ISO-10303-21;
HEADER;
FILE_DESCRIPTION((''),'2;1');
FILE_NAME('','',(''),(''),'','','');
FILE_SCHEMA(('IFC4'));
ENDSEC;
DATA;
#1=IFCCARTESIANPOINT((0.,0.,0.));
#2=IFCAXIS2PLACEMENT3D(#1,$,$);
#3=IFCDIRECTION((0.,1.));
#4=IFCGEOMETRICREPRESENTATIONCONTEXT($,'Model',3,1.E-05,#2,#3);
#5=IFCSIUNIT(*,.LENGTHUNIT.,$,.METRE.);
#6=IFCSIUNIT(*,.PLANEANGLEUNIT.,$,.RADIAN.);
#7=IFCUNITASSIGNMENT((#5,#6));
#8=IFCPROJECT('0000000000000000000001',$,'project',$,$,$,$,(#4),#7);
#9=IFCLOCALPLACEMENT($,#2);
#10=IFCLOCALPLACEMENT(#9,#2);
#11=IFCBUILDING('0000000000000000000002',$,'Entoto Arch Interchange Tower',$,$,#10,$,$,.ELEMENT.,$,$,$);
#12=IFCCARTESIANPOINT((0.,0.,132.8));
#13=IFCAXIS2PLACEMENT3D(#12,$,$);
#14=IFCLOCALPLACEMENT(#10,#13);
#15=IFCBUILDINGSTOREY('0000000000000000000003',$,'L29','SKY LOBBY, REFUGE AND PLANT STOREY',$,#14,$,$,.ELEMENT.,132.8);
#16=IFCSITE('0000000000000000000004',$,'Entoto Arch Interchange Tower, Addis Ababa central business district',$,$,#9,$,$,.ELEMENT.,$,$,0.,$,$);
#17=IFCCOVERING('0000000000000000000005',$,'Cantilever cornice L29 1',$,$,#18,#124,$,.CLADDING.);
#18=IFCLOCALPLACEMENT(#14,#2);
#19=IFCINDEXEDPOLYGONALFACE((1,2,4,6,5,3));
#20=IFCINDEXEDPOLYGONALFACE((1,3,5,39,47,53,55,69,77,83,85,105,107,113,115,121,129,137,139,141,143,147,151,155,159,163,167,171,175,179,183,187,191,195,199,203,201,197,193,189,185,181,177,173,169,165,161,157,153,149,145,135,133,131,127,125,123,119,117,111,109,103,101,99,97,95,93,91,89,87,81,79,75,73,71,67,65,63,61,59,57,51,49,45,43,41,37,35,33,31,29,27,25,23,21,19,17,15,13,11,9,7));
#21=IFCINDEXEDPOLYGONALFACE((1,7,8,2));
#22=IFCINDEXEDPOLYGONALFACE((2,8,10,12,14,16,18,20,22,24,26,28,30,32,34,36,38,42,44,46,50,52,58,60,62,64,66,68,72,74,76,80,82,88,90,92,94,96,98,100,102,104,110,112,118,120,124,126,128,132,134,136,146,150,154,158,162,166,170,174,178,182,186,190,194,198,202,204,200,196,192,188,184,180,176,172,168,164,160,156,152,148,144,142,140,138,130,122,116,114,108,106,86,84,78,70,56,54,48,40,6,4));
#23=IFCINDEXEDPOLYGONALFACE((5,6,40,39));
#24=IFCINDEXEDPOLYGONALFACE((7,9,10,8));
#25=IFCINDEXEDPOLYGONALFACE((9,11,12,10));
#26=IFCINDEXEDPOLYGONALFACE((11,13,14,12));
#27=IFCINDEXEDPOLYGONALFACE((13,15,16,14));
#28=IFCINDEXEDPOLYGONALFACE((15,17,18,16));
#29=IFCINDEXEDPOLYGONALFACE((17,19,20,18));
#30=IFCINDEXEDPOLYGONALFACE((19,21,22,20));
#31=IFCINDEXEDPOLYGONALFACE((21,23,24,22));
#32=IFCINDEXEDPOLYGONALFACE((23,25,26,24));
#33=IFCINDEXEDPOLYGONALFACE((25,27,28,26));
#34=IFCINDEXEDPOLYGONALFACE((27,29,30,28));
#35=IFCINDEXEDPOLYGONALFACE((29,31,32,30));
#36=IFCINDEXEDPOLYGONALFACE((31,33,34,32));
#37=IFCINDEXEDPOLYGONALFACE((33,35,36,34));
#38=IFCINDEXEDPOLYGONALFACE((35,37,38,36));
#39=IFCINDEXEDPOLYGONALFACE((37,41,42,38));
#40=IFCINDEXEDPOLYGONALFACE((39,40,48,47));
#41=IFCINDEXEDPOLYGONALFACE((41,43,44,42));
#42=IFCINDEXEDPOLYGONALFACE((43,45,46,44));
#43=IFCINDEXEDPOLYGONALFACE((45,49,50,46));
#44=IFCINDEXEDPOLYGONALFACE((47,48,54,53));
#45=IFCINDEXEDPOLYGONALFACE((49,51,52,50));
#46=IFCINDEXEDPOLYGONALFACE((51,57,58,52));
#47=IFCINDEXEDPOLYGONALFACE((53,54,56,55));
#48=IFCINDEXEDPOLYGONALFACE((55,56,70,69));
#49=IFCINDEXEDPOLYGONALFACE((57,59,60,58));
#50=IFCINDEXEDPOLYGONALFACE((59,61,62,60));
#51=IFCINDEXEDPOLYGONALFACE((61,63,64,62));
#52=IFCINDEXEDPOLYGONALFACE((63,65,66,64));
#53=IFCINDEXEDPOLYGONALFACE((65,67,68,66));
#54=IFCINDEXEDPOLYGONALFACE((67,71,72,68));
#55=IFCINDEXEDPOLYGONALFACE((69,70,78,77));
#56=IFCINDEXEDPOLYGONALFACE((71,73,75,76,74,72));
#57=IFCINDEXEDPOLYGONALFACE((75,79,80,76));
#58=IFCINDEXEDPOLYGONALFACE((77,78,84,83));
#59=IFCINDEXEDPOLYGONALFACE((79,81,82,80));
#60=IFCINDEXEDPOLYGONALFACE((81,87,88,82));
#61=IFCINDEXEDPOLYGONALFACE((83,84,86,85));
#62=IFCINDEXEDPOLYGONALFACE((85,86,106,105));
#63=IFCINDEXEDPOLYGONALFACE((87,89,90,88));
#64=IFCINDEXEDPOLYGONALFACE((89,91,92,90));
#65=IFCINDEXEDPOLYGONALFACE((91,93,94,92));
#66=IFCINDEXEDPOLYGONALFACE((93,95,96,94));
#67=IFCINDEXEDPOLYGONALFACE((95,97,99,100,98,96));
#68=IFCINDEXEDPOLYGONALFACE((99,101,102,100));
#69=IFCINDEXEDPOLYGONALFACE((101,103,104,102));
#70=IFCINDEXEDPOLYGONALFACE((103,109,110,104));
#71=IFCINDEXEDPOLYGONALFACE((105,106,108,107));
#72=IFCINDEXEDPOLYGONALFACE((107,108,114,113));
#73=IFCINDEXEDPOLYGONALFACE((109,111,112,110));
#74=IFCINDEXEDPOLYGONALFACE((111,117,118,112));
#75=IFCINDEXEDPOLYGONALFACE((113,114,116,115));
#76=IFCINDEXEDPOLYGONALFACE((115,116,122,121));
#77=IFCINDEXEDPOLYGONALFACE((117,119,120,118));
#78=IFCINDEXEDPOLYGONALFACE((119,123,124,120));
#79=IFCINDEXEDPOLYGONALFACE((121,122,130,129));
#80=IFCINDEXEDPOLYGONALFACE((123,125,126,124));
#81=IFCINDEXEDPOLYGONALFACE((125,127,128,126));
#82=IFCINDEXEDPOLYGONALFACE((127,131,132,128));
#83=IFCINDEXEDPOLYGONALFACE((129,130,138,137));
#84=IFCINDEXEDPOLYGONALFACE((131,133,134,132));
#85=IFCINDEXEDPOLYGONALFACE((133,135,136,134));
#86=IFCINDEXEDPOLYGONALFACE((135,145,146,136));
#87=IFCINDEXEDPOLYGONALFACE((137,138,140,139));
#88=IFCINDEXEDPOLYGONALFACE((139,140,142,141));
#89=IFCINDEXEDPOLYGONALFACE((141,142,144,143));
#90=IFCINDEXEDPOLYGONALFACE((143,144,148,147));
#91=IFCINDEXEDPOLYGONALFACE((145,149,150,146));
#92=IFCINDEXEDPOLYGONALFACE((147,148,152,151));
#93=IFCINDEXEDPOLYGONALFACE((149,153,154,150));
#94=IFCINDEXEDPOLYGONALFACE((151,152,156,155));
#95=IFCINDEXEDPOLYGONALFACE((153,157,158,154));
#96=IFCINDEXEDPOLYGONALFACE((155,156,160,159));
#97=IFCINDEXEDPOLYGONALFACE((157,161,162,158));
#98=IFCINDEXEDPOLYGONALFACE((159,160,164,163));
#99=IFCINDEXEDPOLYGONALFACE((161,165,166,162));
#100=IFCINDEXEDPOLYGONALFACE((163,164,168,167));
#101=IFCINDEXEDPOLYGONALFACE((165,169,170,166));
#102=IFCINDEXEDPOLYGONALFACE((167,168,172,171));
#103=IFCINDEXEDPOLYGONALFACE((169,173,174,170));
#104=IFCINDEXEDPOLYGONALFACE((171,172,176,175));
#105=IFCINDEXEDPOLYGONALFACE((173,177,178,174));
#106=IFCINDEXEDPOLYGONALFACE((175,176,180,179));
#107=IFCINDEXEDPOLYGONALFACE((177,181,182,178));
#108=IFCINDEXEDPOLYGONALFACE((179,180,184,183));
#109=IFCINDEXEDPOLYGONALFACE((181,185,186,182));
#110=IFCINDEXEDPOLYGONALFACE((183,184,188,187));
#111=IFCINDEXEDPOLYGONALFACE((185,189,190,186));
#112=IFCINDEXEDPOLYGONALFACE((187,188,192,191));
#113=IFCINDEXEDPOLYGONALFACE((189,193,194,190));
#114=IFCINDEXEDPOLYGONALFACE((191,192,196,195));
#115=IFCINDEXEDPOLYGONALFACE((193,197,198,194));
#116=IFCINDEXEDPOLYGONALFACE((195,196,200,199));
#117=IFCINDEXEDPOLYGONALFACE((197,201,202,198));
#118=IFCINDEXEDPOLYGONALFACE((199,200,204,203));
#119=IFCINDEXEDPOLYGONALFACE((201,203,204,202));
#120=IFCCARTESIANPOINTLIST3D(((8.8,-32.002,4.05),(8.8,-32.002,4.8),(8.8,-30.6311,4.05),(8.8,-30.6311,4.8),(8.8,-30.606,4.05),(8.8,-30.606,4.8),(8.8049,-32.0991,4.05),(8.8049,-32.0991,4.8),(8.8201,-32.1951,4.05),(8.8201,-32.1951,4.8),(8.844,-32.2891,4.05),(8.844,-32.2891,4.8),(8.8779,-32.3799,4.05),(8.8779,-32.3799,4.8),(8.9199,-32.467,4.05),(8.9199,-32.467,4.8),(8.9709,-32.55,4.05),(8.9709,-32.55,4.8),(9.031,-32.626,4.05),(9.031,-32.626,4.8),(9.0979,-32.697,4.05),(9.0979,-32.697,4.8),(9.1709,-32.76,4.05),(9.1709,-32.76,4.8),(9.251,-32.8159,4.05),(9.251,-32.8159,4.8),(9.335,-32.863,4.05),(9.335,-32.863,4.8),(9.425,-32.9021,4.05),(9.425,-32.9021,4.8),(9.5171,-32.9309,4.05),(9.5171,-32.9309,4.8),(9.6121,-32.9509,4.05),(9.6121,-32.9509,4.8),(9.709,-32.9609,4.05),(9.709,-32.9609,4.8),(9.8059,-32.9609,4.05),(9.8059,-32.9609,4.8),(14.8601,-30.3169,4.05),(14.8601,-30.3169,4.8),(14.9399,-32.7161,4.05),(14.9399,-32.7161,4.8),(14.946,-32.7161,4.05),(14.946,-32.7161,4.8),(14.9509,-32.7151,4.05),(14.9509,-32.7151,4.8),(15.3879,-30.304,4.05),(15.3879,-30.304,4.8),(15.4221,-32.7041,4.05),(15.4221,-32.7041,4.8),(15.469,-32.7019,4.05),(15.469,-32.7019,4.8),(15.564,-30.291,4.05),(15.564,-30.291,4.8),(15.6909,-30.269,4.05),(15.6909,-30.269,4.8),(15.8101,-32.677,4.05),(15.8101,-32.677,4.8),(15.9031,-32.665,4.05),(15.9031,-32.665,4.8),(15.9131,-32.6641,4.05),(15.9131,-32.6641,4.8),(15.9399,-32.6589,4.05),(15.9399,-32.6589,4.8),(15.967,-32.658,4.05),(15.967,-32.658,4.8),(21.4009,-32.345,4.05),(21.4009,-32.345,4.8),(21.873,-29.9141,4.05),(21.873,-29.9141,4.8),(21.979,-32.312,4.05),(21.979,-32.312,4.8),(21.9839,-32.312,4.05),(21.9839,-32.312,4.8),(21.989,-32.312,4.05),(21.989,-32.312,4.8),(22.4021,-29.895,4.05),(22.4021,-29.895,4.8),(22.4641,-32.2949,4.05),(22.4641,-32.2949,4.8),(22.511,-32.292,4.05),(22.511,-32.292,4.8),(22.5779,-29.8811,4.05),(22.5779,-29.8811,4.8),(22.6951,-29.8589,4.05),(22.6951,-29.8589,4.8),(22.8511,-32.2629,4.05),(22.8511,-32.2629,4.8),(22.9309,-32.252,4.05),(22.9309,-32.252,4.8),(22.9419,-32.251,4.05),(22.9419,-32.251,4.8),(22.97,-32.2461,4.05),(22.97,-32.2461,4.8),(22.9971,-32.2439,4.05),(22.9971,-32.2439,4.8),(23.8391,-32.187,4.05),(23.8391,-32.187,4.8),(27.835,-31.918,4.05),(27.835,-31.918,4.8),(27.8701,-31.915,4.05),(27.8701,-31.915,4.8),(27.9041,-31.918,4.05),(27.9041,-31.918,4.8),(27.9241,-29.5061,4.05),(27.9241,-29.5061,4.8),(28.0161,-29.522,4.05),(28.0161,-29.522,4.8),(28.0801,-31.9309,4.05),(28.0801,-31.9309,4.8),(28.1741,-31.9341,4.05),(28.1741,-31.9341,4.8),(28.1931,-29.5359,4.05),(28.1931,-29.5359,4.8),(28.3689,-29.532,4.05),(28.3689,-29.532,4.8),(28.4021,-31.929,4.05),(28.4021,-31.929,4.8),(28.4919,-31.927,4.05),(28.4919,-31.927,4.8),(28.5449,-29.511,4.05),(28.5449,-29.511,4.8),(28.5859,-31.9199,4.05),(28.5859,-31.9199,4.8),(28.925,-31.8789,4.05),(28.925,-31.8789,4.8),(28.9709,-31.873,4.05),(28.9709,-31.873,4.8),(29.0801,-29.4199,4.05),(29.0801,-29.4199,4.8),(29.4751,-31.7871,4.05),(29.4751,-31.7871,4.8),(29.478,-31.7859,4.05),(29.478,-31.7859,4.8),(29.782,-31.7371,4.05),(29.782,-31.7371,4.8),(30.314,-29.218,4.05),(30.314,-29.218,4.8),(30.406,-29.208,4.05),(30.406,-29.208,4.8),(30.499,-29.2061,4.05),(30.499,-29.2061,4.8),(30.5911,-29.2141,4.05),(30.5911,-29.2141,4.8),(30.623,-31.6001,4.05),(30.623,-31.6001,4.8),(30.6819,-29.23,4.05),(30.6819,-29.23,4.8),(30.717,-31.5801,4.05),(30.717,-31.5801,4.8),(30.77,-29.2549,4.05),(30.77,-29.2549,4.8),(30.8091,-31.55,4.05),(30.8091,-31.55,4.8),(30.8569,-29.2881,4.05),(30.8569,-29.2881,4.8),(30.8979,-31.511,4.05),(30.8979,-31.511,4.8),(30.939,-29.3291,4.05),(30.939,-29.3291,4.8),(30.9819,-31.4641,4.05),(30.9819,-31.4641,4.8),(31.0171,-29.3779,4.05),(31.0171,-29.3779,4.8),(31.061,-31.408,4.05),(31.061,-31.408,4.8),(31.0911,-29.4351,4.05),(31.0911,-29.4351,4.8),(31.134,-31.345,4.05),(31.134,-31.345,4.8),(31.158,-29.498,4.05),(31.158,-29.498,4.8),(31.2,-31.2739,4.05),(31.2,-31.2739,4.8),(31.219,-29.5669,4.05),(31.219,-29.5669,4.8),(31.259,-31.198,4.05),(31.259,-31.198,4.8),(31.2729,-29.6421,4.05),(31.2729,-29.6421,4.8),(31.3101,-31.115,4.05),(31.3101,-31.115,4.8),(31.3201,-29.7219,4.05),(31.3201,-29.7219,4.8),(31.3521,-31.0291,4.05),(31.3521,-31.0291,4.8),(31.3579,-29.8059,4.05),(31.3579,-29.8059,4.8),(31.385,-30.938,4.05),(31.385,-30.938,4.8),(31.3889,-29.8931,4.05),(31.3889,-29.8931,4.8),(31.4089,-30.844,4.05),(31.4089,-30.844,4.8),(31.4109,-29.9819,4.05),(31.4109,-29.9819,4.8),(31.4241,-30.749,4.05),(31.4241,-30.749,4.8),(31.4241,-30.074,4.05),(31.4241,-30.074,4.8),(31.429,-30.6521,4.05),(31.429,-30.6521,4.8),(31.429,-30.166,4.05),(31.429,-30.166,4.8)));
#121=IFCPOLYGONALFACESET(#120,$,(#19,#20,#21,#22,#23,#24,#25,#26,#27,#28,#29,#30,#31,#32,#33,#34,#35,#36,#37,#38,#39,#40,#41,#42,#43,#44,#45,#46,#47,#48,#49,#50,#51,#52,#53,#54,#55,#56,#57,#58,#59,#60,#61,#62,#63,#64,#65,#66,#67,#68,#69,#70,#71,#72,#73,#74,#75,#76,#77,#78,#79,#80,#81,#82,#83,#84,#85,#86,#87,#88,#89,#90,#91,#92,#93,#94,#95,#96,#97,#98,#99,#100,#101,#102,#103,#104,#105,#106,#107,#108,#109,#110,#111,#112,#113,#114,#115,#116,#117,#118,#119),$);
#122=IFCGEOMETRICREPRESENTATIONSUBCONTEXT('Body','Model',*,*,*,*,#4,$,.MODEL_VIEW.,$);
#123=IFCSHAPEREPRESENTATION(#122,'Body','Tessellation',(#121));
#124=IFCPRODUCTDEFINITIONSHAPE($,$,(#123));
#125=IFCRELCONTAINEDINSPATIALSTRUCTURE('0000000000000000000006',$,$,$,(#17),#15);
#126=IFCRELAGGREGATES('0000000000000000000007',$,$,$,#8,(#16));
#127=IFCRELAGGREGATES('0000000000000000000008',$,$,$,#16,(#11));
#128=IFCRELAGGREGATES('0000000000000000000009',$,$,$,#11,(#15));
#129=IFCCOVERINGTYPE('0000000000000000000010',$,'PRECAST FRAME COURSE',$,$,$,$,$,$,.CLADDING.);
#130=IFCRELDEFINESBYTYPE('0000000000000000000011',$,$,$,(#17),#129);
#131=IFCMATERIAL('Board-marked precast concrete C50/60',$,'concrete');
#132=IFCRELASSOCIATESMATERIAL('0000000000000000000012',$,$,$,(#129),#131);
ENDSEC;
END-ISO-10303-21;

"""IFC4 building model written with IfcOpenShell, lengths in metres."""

from ifc_helpers import new_model, si_unit, direction, frame, origin, place, context, subcontext, project, spatial, polyline, outline, extrude, material, type_object, element, save


model = new_model("IFC4")

# Units and contexts
model_context = context("Model", 3, precision=1e-05, world=origin(), true_north=direction((0.0, 1.0)))
body_context = subcontext(model_context, "Body", "Model", "MODEL_VIEW")
ifc_project = project(units=[si_unit("LENGTHUNIT", "METRE"), si_unit("PLANEANGLEUNIT", "RADIAN")], contexts=[model_context])

# Site, building, storey
site_placement = place(None, origin())
site = spatial("IfcSite", under=ifc_project, at=site_placement, Name="Entoto Arch Interchange Tower, Addis Ababa central business district", CompositionType="ELEMENT", RefElevation=0.0)
building_placement = place(site_placement, origin())
building = spatial("IfcBuilding", under=site, at=building_placement, Name="Entoto Arch Interchange Tower", CompositionType="ELEMENT")
storey_placement = place(building_placement, frame((0.0, 0.0, 132.8)))
storey = spatial("IfcBuildingStorey", under=building, at=storey_placement, Name="L29", Description="SKY LOBBY, REFUGE AND PLANT STOREY", CompositionType="ELEMENT", Elevation=132.8)

# Covering
ifc_material_1 = material(Name="Board-marked precast concrete C50/60", Category="concrete")
covering_type_1 = type_object("IfcCoveringType", Name="PRECAST FRAME COURSE", PredefinedType="CLADDING", material=ifc_material_1)
covering_1_placement = place(storey_placement, frame((0.0, 0.0, 4.05)))
element("IfcCovering", 1, at=covering_1_placement, inside=storey, type_object=covering_type_1, Name="Cantilever cornice L29 1", PredefinedType="CLADDING", context=body_context, shape_type="SweptSolid", body=[
    extrude(outline(polyline([(30.6819, -29.23), (30.77, -29.2549), (30.8569, -29.2881), (30.939, -29.3291), (31.0171, -29.3779), (31.0911, -29.4351), (31.158, -29.498), (31.219, -29.5669), (31.2729, -29.6421), (31.3201, -29.7219), (31.3579, -29.8059), (31.3889, -29.8931), (31.4109, -29.9819), (31.4241, -30.074), (31.429, -30.166), (31.429, -30.6521), (31.4241, -30.749), (31.4089, -30.844), (31.385, -30.938), (31.3521, -31.0291), (31.3101, -31.115), (31.259, -31.198), (31.2, -31.2739), (31.134, -31.345), (31.061, -31.408), (30.9819, -31.4641), (30.8979, -31.511), (30.8091, -31.55), (30.717, -31.5801), (30.623, -31.6001), (29.782, -31.7371), (29.478, -31.7859), (29.4751, -31.7871), (28.9709, -31.873), (28.9709, -31.873), (28.925, -31.8789), (28.5859, -31.9199), (28.4919, -31.927), (28.4021, -31.929), (28.1741, -31.9341), (28.0801, -31.9309), (27.9041, -31.918), (27.8701, -31.915), (27.835, -31.918), (23.8391, -32.187), (22.9971, -32.2439), (22.97, -32.2461), (22.9419, -32.251), (22.9309, -32.252), (22.8511, -32.2629), (22.511, -32.292), (22.4641, -32.2949), (21.989, -32.312), (21.9839, -32.312), (21.979, -32.312), (21.4009, -32.345), (15.967, -32.658), (15.9399, -32.6589), (15.9131, -32.6641), (15.9031, -32.665), (15.8101, -32.677), (15.469, -32.7019), (15.4221, -32.7041), (14.9509, -32.7151), (14.946, -32.7161), (14.9399, -32.7161), (9.8059, -32.9609), (9.709, -32.9609), (9.6121, -32.9509), (9.5171, -32.9309), (9.425, -32.9021), (9.335, -32.863), (9.251, -32.8159), (9.1709, -32.76), (9.0979, -32.697), (9.031, -32.626), (8.9709, -32.55), (8.9199, -32.467), (8.8779, -32.3799), (8.844, -32.2891), (8.8201, -32.1951), (8.8049, -32.0991), (8.8, -32.002), (8.8, -30.6311), (8.8, -30.606), (14.8601, -30.3169), (15.3879, -30.304), (15.564, -30.291), (15.6909, -30.269), (21.873, -29.9141), (22.4021, -29.895), (22.5779, -29.8811), (22.6951, -29.8589), (27.9241, -29.5061), (28.0161, -29.522), (28.1931, -29.5359), (28.3689, -29.532), (28.5449, -29.511), (29.0801, -29.4199), (30.314, -29.218), (30.406, -29.208), (30.499, -29.2061), (30.5911, -29.2141), (30.6819, -29.23)])), origin(), (0.0, 0.0, 1.0), 0.75),
])

save(model, "model.ifc")
